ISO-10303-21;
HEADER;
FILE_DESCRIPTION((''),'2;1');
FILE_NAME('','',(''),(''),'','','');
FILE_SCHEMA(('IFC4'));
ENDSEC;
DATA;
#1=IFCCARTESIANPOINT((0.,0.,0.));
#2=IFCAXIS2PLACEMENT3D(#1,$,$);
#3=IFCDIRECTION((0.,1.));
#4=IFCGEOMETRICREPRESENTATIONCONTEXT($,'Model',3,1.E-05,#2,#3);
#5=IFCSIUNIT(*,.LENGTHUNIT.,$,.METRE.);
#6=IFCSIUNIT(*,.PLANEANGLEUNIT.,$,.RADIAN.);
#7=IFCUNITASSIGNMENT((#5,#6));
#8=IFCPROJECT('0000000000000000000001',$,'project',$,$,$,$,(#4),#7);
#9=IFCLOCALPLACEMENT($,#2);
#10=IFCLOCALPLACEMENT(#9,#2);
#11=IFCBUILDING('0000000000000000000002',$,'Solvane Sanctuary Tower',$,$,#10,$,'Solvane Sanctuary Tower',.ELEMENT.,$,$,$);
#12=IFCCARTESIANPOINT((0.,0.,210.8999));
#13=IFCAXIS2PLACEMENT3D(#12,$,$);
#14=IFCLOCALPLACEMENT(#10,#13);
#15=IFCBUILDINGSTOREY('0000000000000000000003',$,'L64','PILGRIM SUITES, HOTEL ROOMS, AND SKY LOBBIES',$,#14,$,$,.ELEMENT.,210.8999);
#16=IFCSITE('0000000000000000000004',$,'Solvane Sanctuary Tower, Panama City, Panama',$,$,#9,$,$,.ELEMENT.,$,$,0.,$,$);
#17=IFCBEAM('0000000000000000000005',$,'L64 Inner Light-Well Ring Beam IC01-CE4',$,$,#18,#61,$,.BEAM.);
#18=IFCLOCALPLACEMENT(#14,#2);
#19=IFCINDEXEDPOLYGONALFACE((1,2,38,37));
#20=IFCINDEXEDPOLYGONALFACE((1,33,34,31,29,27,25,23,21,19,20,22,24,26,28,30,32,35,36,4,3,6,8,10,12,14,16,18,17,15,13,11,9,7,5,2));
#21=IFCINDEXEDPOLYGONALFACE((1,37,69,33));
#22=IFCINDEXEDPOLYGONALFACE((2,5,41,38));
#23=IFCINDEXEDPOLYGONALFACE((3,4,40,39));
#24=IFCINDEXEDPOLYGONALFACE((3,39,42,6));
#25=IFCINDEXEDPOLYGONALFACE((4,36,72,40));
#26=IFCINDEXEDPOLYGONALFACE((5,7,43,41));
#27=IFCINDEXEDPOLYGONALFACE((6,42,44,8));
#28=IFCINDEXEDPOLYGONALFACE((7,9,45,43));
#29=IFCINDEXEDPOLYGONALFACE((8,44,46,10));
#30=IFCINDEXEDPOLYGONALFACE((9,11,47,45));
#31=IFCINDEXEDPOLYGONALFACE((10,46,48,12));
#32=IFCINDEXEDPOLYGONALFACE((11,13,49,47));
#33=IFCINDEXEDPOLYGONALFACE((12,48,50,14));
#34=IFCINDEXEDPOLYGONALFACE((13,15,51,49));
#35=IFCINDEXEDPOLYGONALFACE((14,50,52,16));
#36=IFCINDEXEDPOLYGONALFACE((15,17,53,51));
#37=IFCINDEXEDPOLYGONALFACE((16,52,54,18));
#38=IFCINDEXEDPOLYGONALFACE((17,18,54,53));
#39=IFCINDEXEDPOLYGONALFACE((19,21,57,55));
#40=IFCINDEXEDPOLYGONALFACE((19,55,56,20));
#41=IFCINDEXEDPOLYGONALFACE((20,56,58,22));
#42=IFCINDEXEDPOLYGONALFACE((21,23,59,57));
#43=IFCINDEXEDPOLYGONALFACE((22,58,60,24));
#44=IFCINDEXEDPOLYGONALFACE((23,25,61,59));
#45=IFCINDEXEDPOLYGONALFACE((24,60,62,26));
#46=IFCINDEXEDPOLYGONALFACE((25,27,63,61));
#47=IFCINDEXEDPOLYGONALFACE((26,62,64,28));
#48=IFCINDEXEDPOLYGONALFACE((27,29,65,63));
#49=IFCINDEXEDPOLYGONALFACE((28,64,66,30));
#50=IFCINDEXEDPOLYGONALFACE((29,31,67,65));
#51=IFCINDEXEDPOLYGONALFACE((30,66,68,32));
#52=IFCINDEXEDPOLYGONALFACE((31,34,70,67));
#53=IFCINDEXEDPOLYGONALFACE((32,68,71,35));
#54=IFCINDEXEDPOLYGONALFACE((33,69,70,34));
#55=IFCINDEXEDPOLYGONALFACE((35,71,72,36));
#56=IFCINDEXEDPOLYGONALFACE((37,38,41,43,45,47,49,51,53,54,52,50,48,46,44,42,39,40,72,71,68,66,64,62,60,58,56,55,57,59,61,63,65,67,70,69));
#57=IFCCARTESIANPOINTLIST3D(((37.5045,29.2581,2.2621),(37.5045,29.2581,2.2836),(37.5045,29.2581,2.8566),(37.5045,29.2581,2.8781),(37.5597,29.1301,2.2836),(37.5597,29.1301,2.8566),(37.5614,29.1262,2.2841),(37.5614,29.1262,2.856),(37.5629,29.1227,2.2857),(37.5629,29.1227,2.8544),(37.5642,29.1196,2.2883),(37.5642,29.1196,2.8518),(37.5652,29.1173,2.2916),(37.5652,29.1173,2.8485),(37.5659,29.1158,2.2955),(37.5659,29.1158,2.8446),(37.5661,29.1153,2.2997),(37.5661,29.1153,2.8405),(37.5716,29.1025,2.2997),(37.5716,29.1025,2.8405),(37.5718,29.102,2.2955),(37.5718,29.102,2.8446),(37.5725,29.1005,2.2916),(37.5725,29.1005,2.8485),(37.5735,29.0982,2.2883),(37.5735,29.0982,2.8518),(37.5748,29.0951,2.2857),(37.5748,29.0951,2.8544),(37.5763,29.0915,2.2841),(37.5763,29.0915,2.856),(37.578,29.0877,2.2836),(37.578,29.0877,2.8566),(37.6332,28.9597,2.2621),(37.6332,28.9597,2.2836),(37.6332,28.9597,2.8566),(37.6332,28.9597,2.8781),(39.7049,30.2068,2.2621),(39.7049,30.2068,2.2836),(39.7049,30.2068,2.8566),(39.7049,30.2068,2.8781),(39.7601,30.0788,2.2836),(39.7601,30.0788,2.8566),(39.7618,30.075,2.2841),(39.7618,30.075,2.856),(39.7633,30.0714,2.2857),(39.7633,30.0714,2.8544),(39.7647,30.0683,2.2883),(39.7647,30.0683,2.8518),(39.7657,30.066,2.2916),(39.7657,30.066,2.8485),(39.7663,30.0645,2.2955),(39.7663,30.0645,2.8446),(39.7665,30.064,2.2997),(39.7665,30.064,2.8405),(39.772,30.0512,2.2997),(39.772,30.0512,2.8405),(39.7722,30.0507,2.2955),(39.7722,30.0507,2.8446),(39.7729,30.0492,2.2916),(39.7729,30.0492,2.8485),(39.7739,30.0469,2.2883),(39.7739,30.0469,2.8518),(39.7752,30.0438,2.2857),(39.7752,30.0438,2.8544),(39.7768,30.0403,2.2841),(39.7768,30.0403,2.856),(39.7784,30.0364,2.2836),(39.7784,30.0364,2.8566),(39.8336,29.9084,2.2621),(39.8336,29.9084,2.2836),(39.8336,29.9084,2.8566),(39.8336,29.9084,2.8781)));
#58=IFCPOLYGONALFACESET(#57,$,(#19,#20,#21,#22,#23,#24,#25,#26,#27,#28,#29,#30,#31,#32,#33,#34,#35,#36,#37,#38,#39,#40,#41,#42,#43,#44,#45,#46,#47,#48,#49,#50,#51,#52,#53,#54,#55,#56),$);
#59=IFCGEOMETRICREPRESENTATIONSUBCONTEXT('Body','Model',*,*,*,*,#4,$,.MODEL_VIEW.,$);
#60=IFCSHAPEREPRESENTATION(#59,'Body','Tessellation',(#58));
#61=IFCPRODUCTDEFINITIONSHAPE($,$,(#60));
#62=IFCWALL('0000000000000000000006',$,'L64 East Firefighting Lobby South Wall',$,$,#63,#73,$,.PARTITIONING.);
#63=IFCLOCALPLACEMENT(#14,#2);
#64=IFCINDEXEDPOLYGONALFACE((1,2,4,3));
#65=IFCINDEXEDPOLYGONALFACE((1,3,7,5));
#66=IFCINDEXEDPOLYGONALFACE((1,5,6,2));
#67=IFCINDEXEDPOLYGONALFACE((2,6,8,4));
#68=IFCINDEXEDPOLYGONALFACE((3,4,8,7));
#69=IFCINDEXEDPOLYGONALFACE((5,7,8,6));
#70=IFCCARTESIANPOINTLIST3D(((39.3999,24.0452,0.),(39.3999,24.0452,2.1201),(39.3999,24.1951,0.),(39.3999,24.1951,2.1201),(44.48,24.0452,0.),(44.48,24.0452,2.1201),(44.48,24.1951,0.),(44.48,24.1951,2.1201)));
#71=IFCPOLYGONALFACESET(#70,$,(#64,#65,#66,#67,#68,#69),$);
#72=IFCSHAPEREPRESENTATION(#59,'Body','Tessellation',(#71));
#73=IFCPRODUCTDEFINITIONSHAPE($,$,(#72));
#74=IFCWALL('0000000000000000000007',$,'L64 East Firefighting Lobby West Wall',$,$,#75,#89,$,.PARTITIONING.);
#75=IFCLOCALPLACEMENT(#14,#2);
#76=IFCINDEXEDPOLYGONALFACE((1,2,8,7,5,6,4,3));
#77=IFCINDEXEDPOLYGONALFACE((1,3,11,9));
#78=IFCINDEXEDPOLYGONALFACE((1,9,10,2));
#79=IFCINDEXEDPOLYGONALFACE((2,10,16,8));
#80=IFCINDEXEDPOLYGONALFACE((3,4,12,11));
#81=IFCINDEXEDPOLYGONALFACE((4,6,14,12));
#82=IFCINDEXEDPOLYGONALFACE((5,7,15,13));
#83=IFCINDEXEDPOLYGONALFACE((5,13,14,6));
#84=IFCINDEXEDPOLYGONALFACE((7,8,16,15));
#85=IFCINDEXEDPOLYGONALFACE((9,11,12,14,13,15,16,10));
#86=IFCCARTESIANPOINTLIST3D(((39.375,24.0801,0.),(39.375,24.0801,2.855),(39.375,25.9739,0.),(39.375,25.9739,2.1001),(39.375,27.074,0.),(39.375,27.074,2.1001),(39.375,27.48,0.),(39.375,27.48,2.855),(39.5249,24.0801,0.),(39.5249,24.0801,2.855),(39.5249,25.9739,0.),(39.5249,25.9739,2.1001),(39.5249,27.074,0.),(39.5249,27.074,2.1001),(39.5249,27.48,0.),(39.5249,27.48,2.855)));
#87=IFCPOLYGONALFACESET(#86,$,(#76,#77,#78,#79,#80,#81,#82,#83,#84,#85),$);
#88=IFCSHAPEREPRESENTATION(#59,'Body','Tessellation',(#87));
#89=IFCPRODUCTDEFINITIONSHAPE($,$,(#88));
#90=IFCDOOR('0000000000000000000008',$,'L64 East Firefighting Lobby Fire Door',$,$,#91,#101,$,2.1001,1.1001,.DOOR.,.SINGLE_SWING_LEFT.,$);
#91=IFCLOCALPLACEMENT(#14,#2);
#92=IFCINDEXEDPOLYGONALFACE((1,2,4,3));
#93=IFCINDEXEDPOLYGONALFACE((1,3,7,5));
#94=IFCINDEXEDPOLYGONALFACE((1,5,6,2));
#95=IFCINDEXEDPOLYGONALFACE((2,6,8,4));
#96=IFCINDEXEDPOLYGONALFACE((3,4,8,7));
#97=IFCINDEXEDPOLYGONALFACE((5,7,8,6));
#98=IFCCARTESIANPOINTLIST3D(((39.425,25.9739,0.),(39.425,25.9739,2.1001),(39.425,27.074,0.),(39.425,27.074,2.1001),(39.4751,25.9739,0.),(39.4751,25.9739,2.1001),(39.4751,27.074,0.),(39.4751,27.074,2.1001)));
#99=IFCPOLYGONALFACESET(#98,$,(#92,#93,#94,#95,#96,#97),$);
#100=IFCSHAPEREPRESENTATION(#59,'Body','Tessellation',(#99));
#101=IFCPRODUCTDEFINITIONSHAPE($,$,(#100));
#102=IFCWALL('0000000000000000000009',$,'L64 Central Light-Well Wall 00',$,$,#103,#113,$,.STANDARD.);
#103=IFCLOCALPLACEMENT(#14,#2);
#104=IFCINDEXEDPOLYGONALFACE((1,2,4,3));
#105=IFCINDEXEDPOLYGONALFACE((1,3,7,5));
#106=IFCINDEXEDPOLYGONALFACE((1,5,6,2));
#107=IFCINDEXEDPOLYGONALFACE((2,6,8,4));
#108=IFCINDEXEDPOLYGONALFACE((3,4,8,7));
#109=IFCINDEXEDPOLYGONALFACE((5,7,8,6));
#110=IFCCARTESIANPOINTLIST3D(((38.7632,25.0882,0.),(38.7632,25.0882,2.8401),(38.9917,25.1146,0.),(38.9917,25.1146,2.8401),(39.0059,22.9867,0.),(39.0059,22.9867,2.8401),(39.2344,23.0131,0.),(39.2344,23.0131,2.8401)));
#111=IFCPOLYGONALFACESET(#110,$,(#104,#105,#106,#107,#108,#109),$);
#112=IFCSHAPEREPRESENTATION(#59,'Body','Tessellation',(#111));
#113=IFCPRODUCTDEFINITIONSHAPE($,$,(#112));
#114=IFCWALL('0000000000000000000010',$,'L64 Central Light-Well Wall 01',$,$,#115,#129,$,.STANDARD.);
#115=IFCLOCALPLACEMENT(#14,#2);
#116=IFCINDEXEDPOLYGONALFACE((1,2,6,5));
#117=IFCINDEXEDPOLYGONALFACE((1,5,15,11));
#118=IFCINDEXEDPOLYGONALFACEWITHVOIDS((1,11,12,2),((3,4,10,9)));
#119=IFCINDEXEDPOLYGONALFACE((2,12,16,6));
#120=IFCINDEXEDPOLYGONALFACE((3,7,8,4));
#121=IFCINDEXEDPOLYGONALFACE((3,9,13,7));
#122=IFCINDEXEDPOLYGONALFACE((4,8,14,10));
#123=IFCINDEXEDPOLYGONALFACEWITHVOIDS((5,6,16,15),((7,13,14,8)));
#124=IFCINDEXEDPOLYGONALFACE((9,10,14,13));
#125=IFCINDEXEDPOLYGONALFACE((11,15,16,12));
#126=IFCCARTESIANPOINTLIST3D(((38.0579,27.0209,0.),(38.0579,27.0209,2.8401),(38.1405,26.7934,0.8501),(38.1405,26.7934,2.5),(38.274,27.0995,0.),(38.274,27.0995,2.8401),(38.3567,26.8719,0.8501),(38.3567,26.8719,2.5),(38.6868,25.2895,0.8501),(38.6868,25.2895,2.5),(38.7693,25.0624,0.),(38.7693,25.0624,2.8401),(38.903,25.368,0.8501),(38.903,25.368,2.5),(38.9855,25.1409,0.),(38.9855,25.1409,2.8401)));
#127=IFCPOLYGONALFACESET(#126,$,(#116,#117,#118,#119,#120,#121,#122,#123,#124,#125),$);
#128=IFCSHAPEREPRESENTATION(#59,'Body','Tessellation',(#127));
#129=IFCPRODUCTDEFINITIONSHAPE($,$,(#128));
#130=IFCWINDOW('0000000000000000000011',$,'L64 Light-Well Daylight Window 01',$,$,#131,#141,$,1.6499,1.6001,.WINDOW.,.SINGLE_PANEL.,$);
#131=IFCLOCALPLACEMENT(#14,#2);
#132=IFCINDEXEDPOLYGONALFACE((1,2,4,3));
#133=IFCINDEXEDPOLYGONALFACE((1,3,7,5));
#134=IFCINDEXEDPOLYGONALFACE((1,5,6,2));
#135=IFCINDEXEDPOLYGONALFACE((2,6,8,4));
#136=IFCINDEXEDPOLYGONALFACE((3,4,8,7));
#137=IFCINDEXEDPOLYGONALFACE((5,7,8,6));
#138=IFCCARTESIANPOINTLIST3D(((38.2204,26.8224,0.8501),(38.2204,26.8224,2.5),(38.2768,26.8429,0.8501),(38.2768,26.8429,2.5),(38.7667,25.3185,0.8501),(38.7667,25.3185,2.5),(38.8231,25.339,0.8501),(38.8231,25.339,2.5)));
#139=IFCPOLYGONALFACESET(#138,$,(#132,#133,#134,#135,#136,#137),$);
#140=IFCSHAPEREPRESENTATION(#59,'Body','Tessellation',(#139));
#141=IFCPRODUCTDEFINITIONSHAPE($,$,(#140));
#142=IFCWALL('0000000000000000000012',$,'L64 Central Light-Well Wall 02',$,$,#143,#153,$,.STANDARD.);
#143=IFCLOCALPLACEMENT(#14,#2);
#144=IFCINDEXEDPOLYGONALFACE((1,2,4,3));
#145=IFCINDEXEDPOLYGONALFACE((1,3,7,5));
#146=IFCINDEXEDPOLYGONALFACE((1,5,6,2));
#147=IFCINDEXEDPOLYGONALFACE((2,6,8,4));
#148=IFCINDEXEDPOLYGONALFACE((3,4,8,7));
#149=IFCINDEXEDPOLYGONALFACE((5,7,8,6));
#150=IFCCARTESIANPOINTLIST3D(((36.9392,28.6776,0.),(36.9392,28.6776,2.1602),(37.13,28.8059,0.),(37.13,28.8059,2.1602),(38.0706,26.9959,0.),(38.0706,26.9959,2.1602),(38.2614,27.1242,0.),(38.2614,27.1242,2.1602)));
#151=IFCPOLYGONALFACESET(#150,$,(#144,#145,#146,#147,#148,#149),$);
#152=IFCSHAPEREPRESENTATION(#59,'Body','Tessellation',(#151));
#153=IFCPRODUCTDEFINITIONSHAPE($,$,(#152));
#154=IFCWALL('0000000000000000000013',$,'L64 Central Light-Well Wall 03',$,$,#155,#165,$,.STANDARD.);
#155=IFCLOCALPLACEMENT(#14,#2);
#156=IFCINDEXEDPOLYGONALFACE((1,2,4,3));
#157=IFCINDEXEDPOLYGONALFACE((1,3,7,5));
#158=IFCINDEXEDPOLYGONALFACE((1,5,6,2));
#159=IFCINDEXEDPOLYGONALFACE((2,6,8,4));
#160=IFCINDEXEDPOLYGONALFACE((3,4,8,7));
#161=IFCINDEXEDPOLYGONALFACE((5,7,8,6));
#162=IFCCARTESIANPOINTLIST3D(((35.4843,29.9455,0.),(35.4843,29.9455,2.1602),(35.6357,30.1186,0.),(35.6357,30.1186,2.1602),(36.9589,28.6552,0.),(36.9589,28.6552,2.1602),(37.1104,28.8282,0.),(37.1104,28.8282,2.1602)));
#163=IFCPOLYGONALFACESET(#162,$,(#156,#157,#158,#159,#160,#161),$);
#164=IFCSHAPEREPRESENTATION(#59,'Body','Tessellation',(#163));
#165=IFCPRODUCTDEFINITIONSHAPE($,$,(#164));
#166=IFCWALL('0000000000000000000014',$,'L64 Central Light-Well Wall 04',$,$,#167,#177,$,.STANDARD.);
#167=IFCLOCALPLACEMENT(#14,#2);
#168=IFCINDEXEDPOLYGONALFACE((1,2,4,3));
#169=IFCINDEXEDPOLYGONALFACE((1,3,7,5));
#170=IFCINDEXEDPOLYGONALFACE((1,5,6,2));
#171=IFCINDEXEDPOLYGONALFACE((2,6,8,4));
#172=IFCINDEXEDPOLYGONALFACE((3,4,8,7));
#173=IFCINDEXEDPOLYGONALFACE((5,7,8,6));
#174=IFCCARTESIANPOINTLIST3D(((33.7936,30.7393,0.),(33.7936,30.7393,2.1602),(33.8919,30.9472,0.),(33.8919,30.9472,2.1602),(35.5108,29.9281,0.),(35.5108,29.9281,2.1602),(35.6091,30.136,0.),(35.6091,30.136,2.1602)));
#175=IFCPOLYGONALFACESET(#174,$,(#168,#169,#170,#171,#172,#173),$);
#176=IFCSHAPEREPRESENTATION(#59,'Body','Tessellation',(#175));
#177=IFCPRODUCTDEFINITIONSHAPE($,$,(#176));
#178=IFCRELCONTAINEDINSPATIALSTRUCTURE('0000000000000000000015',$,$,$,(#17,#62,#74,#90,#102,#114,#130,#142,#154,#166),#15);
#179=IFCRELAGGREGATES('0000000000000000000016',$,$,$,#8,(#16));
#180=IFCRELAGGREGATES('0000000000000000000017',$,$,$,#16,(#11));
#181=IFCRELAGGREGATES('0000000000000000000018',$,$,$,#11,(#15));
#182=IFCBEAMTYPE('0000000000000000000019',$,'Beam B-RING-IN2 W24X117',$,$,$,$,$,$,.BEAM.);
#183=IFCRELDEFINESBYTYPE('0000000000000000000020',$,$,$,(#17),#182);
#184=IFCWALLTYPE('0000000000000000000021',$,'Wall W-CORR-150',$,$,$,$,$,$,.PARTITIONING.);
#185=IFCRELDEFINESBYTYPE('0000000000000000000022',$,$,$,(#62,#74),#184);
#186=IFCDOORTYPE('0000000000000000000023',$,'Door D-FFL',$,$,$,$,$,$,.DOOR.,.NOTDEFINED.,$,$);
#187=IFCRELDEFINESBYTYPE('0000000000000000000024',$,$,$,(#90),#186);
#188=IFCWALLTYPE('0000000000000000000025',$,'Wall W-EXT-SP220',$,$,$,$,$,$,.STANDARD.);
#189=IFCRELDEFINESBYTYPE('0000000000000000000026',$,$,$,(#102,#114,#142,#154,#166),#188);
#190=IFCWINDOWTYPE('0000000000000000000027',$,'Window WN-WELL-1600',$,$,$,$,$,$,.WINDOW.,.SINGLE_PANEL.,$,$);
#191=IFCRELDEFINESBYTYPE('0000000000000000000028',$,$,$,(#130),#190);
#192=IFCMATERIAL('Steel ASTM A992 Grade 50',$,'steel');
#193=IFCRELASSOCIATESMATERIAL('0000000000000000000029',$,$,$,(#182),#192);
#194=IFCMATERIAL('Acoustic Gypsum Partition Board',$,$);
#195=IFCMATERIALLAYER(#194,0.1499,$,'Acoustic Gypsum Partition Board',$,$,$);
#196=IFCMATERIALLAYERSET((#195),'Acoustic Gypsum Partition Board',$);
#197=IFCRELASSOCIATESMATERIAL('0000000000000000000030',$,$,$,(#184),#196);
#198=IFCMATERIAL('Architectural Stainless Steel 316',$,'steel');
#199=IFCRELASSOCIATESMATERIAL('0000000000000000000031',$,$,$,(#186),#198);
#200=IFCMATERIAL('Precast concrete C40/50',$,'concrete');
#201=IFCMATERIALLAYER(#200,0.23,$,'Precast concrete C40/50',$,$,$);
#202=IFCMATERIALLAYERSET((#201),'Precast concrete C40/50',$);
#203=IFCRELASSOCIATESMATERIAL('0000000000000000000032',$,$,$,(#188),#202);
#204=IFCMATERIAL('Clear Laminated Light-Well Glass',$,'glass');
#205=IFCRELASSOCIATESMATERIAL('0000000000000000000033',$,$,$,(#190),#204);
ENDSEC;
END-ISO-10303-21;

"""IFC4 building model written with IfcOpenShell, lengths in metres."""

from ifc_helpers import new_model, si_unit, direction, frame, frame_2d, origin, origin_2d, place, context, subcontext, project, spatial, rectangle, i_section, extrude, material, layer, layer_set, material_profile, profile_set, type_object, element, fill, save


model = new_model("IFC4")

# Units and contexts
model_context = context("Model", 3, precision=1e-05, world=origin(), true_north=direction((0.0, 1.0)))
body_context = subcontext(model_context, "Body", "Model", "MODEL_VIEW")
ifc_project = project(units=[si_unit("LENGTHUNIT", "METRE"), si_unit("PLANEANGLEUNIT", "RADIAN")], contexts=[model_context])

# Site, building, storey
site_placement = place(None, origin())
site = spatial("IfcSite", under=ifc_project, at=site_placement, Name="Solvane Sanctuary Tower, Panama City, Panama", CompositionType="ELEMENT", RefElevation=0.0)
building_placement = place(site_placement, origin())
building = spatial("IfcBuilding", under=site, at=building_placement, Name="Solvane Sanctuary Tower", LongName="Solvane Sanctuary Tower", CompositionType="ELEMENT")
storey_placement = place(building_placement, frame((0.0, 0.0, 210.8999)))
storey = spatial("IfcBuildingStorey", under=building, at=storey_placement, Name="L64", Description="PILGRIM SUITES, HOTEL ROOMS, AND SKY LOBBIES", CompositionType="ELEMENT", Elevation=210.8999)

# Beam
ifc_material_1 = material(Name="Steel ASTM A992 Grade 50", Category="steel")
ifc_material_profile_1 = material_profile(ifc_material_1, i_section(OverallWidth=0.325, OverallDepth=0.616, WebThickness=0.0139, FlangeThickness=0.0215, FilletRadius=0.0161, at=origin_2d()), Name="W24X117")
ifc_profile_set_1 = profile_set([ifc_material_profile_1], Name="Steel ASTM A992 Grade 50")
beam_type_1 = type_object("IfcBeamType", Name="Beam B-RING-IN2 W24X117", PredefinedType="BEAM", material=ifc_profile_set_1)
beam_1_placement = place(storey_placement, frame((37.5688, 29.1089, 2.5701), z_axis=(0.918284, 0.395923, 0.0), x_axis=(-0.395923, 0.918284, 0.0)))
element("IfcBeam", 1, at=beam_1_placement, inside=storey, type_object=beam_type_1, Name="L64 Inner Light-Well Ring Beam IC01-CE4", PredefinedType="BEAM", context=body_context, shape_type="SweptSolid", body=[
    extrude(i_section(OverallWidth=0.325, OverallDepth=0.616, WebThickness=0.0139, FlangeThickness=0.0215, FilletRadius=0.0161, at=origin_2d()), origin(), (0.0, 0.0, 1.0), 2.3962),
])

# Wall
ifc_material_2 = material(Name="Acoustic Gypsum Partition Board")
ifc_layer_1 = layer(ifc_material_2, 0.1499, Name="Acoustic Gypsum Partition Board")
ifc_layer_set_1 = layer_set([ifc_layer_1], Name="Acoustic Gypsum Partition Board")
wall_type_1 = type_object("IfcWallType", Name="Wall W-CORR-150", PredefinedType="PARTITIONING", material=ifc_layer_set_1)
wall_1_placement = place(storey_placement, frame((39.3999, 24.1201, 0.0), z_axis=(0.0, 0.0, 1.0), x_axis=(1.0, 0.0, 0.0)))
element("IfcWall", 2, at=wall_1_placement, inside=storey, type_object=wall_type_1, Name="L64 East Firefighting Lobby South Wall", PredefinedType="PARTITIONING", context=body_context, shape_type="SweptSolid", body=[
    extrude(rectangle(XDim=5.0801, YDim=0.1499, at=frame_2d((2.54, 0.0))), origin(), (0.0, 0.0, 1.0), 2.1201),
])

# Wall, opening, door
wall_2_placement = place(storey_placement, frame((39.45, 24.0801, 0.0), z_axis=(0.0, 0.0, 1.0), x_axis=(0.0, 1.0, 0.0)))
wall_2 = element("IfcWall", 3, at=wall_2_placement, inside=storey, type_object=wall_type_1, Name="L64 East Firefighting Lobby West Wall", PredefinedType="PARTITIONING", context=body_context, shape_type="SweptSolid", body=[
    extrude(rectangle(XDim=3.3999, YDim=0.1499, at=frame_2d((1.7, 0.0))), origin(), (0.0, 0.0, 1.0), 2.855),
])
opening_1_placement = place(wall_2_placement, frame((1.8938, 0.0, 0.0)))
opening_1 = element("IfcOpeningElement", 4, at=opening_1_placement, cuts=wall_2, PredefinedType="OPENING", context=body_context, shape_type="SweptSolid", body=[
    extrude(rectangle(XDim=1.1001, YDim=2.1001, at=frame_2d((0.55, 1.05))), frame((0.0, 0.085, 0.0), z_axis=(0.0, -1.0, 0.0), x_axis=(1.0, 0.0, 0.0)), (0.0, 0.0, 1.0), 0.1699),
])
ifc_material_3 = material(Name="Architectural Stainless Steel 316", Category="steel")
door_type = type_object("IfcDoorType", Name="Door D-FFL", OperationType="NOTDEFINED", PredefinedType="DOOR", material=ifc_material_3)
door_placement = place(opening_1_placement, origin())
door = element("IfcDoor", 5, at=door_placement, inside=storey, type_object=door_type, Name="L64 East Firefighting Lobby Fire Door", OperationType="SINGLE_SWING_LEFT", OverallHeight=2.1001, OverallWidth=1.1001, PredefinedType="DOOR", context=body_context, shape_type="SweptSolid", body=[
    extrude(rectangle(XDim=1.1001, YDim=2.1001, at=frame_2d((0.55, 1.05))), frame((0.0, 0.0249, 0.0), z_axis=(0.0, -1.0, 0.0), x_axis=(1.0, 0.0, 0.0)), (0.0, 0.0, 1.0), 0.05),
])
fill(opening_1, door)

# Wall
ifc_material_4 = material(Name="Precast concrete C40/50", Category="concrete")
ifc_layer_2 = layer(ifc_material_4, 0.23, Name="Precast concrete C40/50")
ifc_layer_set_2 = layer_set([ifc_layer_2], Name="Precast concrete C40/50")
wall_type_2 = type_object("IfcWallType", Name="Wall W-EXT-SP220", PredefinedType="STANDARD", material=ifc_layer_set_2)
wall_3_placement = place(storey_placement, frame((39.1201, 23.0, 0.0), z_axis=(0.0, 0.0, 1.0), x_axis=(-0.114712, 0.993399, 0.0)))
element("IfcWall", 6, at=wall_3_placement, inside=storey, type_object=wall_type_2, Name="L64 Central Light-Well Wall 00", PredefinedType="STANDARD", context=body_context, shape_type="SweptSolid", body=[
    extrude(rectangle(XDim=2.1155, YDim=0.23, at=frame_2d((1.0576, 0.0))), origin(), (0.0, 0.0, 1.0), 2.8401),
])

# Wall, opening, window
wall_4_placement = place(storey_placement, frame((38.8774, 25.1016, 0.0), z_axis=(0.0, 0.0, 1.0), x_axis=(-0.341423, 0.93991, 0.0)))
wall_4 = element("IfcWall", 7, at=wall_4_placement, inside=storey, type_object=wall_type_2, Name="L64 Central Light-Well Wall 01", PredefinedType="STANDARD", context=body_context, shape_type="SweptSolid", body=[
    extrude(rectangle(XDim=2.0837, YDim=0.23, at=frame_2d((1.042, 0.0))), origin(), (0.0, 0.0, 1.0), 2.8401),
])
opening_2_placement = place(wall_4_placement, frame((0.2417, 0.0, 0.8501)))
opening_2 = element("IfcOpeningElement", 8, at=opening_2_placement, cuts=wall_4, PredefinedType="OPENING", context=body_context, shape_type="SweptSolid", body=[
    extrude(rectangle(XDim=1.6001, YDim=1.6499, at=frame_2d((0.8, 0.825))), frame((0.0, 0.125, 0.0), z_axis=(0.0, -1.0, 0.0), x_axis=(1.0, 0.0, 0.0)), (0.0, 0.0, 1.0), 0.25),
])
ifc_material_5 = material(Name="Clear Laminated Light-Well Glass", Category="glass")
window_type = type_object("IfcWindowType", Name="Window WN-WELL-1600", PartitioningType="SINGLE_PANEL", PredefinedType="WINDOW", material=ifc_material_5)
window_placement = place(opening_2_placement, origin())
window = element("IfcWindow", 9, at=window_placement, inside=storey, type_object=window_type, Name="L64 Light-Well Daylight Window 01", OverallHeight=1.6499, OverallWidth=1.6001, PartitioningType="SINGLE_PANEL", PredefinedType="WINDOW", context=body_context, shape_type="SweptSolid", body=[
    extrude(rectangle(XDim=1.6001, YDim=1.6499, at=frame_2d((0.8, 0.825))), frame((0.0, 0.03, 0.0), z_axis=(0.0, -1.0, 0.0), x_axis=(1.0, 0.0, 0.0)), (0.0, 0.0, 1.0), 0.0601),
])
fill(opening_2, window)

# Walls
wall_5_placement = place(storey_placement, frame((38.166, 27.0601, 0.0), z_axis=(0.0, 0.0, 1.0), x_axis=(-0.558198, 0.829708, 0.0)))
element("IfcWall", 10, at=wall_5_placement, inside=storey, type_object=wall_type_2, Name="L64 Central Light-Well Wall 02", PredefinedType="STANDARD", context=body_context, shape_type="SweptSolid", body=[
    extrude(rectangle(XDim=2.0269, YDim=0.23, at=frame_2d((1.0134, 0.0))), origin(), (0.0, 0.0, 1.0), 2.1602),
])
wall_6_placement = place(storey_placement, frame((37.0347, 28.7417, 0.0), z_axis=(0.0, 0.0, 1.0), x_axis=(-0.752577, 0.658505, 0.0)))
element("IfcWall", 11, at=wall_6_placement, inside=storey, type_object=wall_type_2, Name="L64 Central Light-Well Wall 03", PredefinedType="STANDARD", context=body_context, shape_type="SweptSolid", body=[
    extrude(rectangle(XDim=1.9595, YDim=0.23, at=frame_2d((0.9797, 0.0))), origin(), (0.0, 0.0, 1.0), 2.1602),
])
wall_7_placement = place(storey_placement, frame((35.5601, 30.032, 0.0), z_axis=(0.0, 0.0, 1.0), x_axis=(-0.90418, 0.427152, 0.0)))
element("IfcWall", 12, at=wall_7_placement, inside=storey, type_object=wall_type_2, Name="L64 Central Light-Well Wall 04", PredefinedType="STANDARD", context=body_context, shape_type="SweptSolid", body=[
    extrude(rectangle(XDim=1.8992, YDim=0.23, at=frame_2d((0.9497, 0.0))), origin(), (0.0, 0.0, 1.0), 2.1602),
])

save(model, "model.ifc")
